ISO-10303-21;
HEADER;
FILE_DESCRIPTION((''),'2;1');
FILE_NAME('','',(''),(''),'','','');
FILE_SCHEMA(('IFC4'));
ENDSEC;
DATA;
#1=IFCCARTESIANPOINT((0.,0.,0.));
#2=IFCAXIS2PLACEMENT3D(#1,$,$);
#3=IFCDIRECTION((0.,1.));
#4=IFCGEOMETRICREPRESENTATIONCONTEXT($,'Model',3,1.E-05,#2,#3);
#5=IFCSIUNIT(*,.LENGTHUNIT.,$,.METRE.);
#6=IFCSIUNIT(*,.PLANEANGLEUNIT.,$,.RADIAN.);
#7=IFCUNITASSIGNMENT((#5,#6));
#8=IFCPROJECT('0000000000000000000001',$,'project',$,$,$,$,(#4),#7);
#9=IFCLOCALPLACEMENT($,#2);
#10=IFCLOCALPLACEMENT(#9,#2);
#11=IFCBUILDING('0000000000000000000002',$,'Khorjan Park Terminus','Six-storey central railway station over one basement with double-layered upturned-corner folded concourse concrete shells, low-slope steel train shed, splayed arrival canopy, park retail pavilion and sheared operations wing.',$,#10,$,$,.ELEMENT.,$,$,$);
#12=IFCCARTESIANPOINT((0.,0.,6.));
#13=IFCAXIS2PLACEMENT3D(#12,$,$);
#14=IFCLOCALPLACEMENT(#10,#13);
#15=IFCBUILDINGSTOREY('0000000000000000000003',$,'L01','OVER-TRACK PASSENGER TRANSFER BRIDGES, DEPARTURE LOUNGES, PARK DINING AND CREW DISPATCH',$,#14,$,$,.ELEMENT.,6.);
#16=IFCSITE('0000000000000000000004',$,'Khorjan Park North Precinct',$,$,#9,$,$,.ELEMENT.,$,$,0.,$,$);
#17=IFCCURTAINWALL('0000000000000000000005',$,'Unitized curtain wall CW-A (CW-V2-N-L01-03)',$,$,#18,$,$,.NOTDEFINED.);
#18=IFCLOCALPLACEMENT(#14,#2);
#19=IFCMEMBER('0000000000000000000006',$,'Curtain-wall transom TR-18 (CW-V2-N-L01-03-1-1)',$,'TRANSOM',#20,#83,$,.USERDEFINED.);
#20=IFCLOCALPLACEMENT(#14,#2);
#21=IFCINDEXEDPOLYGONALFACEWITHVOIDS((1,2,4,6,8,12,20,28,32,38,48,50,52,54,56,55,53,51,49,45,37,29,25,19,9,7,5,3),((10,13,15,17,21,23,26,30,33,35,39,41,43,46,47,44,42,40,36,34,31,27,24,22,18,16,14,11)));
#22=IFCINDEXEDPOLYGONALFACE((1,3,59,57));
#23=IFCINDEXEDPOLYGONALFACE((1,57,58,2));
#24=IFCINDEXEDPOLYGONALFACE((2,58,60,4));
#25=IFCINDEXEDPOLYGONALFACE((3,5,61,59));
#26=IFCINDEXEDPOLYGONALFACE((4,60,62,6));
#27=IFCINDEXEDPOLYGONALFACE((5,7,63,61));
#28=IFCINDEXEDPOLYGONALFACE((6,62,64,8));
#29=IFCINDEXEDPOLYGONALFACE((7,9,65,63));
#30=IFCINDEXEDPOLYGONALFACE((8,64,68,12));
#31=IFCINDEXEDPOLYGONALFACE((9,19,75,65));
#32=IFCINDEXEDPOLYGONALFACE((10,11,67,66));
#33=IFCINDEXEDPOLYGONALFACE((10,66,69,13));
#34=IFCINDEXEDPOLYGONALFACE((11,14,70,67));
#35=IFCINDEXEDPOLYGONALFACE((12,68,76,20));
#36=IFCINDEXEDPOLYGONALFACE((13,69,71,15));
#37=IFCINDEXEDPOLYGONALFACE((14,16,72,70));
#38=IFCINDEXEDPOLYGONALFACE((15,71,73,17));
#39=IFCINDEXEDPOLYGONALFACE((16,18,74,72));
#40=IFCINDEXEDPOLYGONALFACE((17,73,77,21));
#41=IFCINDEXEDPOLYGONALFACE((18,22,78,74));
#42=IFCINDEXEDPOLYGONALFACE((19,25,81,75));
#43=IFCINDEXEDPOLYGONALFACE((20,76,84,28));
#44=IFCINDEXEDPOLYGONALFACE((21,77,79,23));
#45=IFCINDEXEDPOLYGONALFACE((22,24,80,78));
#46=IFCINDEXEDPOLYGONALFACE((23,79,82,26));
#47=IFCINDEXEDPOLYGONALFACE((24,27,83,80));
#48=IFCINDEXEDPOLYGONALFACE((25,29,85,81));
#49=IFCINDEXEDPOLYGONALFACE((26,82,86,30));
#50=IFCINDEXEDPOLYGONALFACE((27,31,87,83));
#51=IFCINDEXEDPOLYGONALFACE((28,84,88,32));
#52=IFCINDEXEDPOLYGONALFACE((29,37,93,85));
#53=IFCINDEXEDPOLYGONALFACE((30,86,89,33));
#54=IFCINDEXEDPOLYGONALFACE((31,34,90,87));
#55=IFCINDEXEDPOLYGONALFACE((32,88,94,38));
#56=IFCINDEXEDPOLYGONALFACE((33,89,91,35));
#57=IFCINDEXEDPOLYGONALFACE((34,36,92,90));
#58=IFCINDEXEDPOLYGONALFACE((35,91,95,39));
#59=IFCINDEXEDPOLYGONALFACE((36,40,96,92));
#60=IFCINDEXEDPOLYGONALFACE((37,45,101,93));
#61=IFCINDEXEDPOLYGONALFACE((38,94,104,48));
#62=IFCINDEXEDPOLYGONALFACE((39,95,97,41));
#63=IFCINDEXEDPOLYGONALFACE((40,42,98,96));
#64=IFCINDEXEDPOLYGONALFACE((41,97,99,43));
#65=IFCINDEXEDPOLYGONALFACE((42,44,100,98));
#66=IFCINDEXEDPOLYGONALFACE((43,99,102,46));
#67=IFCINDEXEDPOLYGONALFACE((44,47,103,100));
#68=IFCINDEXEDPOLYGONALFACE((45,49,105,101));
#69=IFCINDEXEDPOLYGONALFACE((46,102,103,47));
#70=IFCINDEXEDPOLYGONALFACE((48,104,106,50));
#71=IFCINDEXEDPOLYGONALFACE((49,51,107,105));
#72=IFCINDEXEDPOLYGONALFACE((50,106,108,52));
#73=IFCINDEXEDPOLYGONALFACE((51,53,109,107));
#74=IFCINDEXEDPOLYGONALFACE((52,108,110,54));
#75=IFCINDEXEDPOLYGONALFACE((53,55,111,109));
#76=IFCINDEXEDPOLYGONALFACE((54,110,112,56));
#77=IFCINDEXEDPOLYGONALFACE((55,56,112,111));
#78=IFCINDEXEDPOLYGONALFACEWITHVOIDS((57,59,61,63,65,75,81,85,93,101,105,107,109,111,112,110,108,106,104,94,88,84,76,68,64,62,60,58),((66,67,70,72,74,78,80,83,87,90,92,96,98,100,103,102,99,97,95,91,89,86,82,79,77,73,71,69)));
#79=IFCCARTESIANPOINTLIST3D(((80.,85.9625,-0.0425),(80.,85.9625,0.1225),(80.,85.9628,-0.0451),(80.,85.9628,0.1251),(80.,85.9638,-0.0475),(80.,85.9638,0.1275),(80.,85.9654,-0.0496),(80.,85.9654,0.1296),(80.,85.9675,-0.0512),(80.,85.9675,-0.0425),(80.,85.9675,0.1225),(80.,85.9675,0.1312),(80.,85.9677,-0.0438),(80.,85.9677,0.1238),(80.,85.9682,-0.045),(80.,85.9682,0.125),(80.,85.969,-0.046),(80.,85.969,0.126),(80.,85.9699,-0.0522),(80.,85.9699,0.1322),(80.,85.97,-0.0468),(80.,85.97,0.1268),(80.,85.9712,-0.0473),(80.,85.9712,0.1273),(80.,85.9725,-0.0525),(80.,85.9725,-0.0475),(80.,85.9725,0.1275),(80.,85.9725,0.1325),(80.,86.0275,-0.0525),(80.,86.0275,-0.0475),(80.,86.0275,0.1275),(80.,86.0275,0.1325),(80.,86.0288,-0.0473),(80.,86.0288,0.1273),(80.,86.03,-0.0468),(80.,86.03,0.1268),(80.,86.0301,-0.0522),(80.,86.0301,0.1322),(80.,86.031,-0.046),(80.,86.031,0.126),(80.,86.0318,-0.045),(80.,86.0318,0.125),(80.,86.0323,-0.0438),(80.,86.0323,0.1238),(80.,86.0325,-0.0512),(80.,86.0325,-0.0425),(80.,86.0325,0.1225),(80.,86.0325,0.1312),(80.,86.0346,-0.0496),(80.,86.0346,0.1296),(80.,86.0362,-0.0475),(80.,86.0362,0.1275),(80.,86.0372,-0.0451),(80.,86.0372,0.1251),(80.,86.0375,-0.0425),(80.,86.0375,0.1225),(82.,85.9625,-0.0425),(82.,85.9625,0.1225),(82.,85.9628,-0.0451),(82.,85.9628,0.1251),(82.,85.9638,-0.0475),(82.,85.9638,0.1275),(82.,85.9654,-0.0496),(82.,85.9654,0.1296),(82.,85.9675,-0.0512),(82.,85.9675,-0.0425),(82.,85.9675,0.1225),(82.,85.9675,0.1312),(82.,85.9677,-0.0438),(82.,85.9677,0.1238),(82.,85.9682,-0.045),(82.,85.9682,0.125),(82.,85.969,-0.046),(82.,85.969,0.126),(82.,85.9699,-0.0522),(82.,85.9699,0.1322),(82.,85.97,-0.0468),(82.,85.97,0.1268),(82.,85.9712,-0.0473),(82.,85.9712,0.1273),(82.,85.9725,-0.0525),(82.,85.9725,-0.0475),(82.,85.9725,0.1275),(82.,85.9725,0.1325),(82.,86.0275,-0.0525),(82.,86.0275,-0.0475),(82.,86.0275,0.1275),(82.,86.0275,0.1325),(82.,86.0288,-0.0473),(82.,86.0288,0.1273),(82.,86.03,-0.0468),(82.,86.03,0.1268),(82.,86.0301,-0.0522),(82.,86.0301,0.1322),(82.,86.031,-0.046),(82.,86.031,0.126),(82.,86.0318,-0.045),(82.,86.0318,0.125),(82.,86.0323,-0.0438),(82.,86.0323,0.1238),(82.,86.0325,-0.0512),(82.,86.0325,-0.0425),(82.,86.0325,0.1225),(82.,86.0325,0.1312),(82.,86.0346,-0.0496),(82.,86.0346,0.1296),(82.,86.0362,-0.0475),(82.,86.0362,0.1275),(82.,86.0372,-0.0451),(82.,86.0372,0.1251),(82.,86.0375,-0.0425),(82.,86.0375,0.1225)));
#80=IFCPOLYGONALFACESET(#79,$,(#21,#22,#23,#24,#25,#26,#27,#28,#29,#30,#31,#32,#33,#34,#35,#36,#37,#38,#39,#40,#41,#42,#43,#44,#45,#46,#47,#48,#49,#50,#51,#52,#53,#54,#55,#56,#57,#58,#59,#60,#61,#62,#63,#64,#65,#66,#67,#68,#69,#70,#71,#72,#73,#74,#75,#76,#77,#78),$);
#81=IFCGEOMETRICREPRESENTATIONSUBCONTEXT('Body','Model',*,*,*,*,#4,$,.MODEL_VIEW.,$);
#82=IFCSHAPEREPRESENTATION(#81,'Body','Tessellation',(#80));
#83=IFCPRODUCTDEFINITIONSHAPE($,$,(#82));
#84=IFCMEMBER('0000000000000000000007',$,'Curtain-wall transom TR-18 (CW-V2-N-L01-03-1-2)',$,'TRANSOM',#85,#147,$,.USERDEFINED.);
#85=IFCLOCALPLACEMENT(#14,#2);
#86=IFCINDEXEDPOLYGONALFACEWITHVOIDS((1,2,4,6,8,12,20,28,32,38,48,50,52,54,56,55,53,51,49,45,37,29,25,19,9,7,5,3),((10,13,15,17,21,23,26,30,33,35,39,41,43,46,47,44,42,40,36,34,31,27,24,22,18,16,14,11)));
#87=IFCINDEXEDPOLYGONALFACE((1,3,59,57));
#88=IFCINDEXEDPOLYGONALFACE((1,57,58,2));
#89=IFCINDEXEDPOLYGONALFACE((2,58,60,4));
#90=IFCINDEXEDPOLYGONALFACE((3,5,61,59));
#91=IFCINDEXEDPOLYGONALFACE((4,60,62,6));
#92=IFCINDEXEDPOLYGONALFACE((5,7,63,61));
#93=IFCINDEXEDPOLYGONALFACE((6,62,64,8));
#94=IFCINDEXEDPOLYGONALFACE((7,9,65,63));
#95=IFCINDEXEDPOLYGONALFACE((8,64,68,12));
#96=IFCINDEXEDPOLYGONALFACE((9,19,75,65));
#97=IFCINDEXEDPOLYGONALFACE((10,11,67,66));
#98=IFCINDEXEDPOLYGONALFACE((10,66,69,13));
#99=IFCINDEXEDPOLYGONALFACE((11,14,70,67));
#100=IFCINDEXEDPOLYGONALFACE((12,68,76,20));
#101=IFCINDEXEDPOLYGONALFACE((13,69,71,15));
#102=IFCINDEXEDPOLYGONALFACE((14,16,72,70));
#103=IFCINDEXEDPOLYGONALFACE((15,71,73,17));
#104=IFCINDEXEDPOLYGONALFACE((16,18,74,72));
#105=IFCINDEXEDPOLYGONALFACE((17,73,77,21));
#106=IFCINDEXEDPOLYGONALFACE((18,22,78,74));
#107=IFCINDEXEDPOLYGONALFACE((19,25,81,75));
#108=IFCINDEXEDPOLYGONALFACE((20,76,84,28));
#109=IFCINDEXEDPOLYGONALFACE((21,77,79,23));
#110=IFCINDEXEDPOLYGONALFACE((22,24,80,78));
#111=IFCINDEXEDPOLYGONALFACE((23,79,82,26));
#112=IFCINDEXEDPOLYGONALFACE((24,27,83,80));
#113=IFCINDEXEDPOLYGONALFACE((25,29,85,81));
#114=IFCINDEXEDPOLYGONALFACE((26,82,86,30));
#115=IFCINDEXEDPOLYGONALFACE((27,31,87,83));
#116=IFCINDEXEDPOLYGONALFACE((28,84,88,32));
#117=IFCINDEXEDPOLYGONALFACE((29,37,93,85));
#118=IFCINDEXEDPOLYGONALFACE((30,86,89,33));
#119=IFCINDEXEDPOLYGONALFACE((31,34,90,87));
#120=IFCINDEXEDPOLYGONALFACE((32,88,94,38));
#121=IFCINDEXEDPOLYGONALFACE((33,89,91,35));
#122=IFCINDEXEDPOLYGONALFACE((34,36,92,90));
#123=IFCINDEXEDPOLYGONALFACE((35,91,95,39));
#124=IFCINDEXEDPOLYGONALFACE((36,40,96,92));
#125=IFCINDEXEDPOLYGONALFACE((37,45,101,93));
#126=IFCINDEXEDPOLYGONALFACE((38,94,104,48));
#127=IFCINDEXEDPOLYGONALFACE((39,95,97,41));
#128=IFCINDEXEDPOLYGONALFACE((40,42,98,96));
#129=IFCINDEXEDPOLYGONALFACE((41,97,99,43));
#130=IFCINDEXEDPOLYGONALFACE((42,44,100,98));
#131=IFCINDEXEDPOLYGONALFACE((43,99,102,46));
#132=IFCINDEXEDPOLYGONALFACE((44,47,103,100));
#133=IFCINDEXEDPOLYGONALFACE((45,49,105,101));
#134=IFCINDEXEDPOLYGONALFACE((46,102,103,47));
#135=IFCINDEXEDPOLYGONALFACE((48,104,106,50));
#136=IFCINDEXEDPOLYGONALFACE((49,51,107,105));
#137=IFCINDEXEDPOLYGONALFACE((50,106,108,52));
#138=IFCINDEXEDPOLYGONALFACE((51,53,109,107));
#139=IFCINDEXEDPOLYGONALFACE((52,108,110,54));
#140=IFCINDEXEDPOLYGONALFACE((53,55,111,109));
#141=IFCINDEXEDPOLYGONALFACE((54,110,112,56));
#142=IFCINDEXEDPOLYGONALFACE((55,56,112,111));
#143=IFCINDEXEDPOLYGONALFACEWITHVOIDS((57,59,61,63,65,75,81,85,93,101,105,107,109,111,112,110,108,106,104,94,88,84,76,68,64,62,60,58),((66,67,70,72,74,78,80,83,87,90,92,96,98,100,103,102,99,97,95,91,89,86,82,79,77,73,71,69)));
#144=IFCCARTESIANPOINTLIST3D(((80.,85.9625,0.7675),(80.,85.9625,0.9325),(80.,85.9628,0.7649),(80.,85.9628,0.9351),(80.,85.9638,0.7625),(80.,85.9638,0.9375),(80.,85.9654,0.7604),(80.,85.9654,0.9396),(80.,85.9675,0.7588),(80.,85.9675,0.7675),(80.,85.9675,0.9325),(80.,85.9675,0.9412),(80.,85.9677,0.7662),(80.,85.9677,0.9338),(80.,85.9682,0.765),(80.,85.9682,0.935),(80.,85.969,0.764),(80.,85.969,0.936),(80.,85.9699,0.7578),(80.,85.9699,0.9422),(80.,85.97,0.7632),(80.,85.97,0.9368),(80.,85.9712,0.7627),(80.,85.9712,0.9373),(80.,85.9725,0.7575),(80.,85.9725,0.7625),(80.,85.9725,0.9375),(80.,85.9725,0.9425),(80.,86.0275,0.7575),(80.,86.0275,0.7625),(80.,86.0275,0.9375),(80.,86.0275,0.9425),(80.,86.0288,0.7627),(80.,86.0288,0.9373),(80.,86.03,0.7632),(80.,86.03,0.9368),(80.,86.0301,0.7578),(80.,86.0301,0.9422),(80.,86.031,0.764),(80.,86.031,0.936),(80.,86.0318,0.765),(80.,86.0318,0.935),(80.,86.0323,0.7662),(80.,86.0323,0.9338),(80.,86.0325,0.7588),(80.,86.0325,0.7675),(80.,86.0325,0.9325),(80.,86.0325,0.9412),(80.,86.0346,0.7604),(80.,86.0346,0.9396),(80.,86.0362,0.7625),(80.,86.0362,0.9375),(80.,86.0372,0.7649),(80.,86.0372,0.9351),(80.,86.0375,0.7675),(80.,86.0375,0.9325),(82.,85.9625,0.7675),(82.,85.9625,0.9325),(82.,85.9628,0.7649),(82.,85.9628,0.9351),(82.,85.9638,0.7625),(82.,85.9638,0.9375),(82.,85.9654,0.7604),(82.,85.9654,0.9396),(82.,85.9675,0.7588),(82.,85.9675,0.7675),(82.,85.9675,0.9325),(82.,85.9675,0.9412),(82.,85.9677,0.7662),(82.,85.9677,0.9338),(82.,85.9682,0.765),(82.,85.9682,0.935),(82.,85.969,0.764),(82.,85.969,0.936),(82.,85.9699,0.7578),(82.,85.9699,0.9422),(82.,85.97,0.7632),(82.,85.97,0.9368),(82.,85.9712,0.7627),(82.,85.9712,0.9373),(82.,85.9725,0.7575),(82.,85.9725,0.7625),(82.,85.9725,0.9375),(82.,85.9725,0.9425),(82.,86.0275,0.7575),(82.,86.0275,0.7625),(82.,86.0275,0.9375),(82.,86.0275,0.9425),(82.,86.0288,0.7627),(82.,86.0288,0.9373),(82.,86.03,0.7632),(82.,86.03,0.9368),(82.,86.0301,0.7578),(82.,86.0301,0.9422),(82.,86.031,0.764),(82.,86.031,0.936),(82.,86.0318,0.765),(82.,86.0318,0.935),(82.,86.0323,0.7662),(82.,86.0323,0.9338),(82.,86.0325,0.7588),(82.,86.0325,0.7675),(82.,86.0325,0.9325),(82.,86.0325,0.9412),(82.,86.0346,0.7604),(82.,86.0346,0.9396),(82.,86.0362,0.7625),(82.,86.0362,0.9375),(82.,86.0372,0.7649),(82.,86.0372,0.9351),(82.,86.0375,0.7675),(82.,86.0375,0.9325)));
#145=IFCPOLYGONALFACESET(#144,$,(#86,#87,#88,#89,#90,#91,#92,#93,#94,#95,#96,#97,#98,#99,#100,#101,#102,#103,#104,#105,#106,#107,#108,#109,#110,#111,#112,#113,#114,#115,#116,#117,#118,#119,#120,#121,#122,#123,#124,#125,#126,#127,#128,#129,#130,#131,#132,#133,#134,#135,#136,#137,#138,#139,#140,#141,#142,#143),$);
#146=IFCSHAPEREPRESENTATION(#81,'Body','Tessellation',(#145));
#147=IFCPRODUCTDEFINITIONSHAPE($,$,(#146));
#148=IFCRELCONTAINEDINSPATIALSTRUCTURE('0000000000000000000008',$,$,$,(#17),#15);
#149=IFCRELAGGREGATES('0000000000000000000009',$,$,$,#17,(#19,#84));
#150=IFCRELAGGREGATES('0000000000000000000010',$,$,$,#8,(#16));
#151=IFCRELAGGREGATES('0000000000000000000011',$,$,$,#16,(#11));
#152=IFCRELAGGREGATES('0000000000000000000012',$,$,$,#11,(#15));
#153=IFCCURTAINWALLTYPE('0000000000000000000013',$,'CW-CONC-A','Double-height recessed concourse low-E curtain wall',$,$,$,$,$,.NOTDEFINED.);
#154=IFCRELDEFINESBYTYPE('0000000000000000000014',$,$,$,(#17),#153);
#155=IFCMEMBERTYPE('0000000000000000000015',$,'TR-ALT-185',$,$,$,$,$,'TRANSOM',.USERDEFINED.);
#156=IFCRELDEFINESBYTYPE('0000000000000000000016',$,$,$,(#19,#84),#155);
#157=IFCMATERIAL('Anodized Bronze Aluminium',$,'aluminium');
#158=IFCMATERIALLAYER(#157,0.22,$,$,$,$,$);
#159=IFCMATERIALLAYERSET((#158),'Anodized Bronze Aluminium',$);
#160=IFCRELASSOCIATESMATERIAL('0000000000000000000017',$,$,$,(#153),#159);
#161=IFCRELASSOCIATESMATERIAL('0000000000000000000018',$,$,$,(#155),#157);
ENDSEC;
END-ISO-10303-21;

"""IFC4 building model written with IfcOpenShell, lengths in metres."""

from ifc_helpers import new_model, si_unit, direction, frame, origin, origin_2d, place, context, subcontext, project, spatial, hollow_rectangle, extrude, material, layer, layer_set, material_profile, profile_set, type_object, element, aggregate, save


model = new_model("IFC4")

# Units and contexts
model_context = context("Model", 3, precision=1e-05, world=origin(), true_north=direction((0.0, 1.0)))
body_context = subcontext(model_context, "Body", "Model", "MODEL_VIEW")
ifc_project = project(units=[si_unit("LENGTHUNIT", "METRE"), si_unit("PLANEANGLEUNIT", "RADIAN")], contexts=[model_context])

# Site, building, storey
site_placement = place(None, origin())
site = spatial("IfcSite", under=ifc_project, at=site_placement, Name="Khorjan Park North Precinct", CompositionType="ELEMENT", RefElevation=0.0)
building_placement = place(site_placement, origin())
building = spatial("IfcBuilding", under=site, at=building_placement, Name="Khorjan Park Terminus", Description="Six-storey central railway station over one basement with double-layered upturned-corner folded concourse concrete shells, low-slope steel train shed, splayed arrival canopy, park retail pavilion and sheared operations wing.", CompositionType="ELEMENT")
storey_placement = place(building_placement, frame((0.0, 0.0, 6.0)))
storey = spatial("IfcBuildingStorey", under=building, at=storey_placement, Name="L01", Description="OVER-TRACK PASSENGER TRANSFER BRIDGES, DEPARTURE LOUNGES, PARK DINING AND CREW DISPATCH", CompositionType="ELEMENT", Elevation=6.0)

# Curtain wall
ifc_material_1 = material(Name="Anodized Bronze Aluminium", Category="aluminium")
ifc_layer_1 = layer(ifc_material_1, 0.22)
ifc_layer_set_1 = layer_set([ifc_layer_1], Name="Anodized Bronze Aluminium")
curtain_wall_type = type_object("IfcCurtainWallType", Name="CW-CONC-A", Description="Double-height recessed concourse low-E curtain wall", PredefinedType="NOTDEFINED", material=ifc_layer_set_1)
curtain_wall_1_placement = place(storey_placement, origin())
curtain_wall_1 = element("IfcCurtainWall", 1, at=curtain_wall_1_placement, inside=storey, type_object=curtain_wall_type, Name="Unitized curtain wall CW-A (CW-V2-N-L01-03)", PredefinedType="NOTDEFINED")

# Members
ifc_material_profile_1 = material_profile(ifc_material_1, hollow_rectangle(XDim=0.075, YDim=0.185, WallThickness=0.005, InnerFilletRadius=0.005, OuterFilletRadius=0.01, at=origin_2d()), Name="ALT 75x185x5")
ifc_profile_set_1 = profile_set([ifc_material_profile_1], Name="Anodized Bronze Aluminium")
member_type_1 = type_object("IfcMemberType", Name="TR-ALT-185", ElementType="TRANSOM", PredefinedType="USERDEFINED", material=ifc_profile_set_1)
member_1_placement = place(storey_placement, frame((82.0, 86.0, 0.04), z_axis=(-1.0, 0.0, 0.0), x_axis=(0.0, -1.0, 0.0)))
member_1 = element("IfcMember", 2, at=member_1_placement, type_object=member_type_1, Name="Curtain-wall transom TR-18 (CW-V2-N-L01-03-1-1)", ObjectType="TRANSOM", PredefinedType="USERDEFINED", context=body_context, shape_type="SweptSolid", body=[
    extrude(hollow_rectangle(XDim=0.075, YDim=0.185, WallThickness=0.005, InnerFilletRadius=0.005, OuterFilletRadius=0.01, at=origin_2d()), origin(), (0.0, 0.0, 1.0), 2.0),
])
member_2_placement = place(storey_placement, frame((82.0, 86.0, 0.85), z_axis=(-1.0, 0.0, 0.0), x_axis=(0.0, -1.0, 0.0)))
member_2 = element("IfcMember", 3, at=member_2_placement, type_object=member_type_1, Name="Curtain-wall transom TR-18 (CW-V2-N-L01-03-1-2)", ObjectType="TRANSOM", PredefinedType="USERDEFINED", context=body_context, shape_type="SweptSolid", body=[
    extrude(hollow_rectangle(XDim=0.075, YDim=0.185, WallThickness=0.005, InnerFilletRadius=0.005, OuterFilletRadius=0.01, at=origin_2d()), origin(), (0.0, 0.0, 1.0), 2.0),
])

aggregate(curtain_wall_1, [member_1, member_2])

save(model, "model.ifc")
